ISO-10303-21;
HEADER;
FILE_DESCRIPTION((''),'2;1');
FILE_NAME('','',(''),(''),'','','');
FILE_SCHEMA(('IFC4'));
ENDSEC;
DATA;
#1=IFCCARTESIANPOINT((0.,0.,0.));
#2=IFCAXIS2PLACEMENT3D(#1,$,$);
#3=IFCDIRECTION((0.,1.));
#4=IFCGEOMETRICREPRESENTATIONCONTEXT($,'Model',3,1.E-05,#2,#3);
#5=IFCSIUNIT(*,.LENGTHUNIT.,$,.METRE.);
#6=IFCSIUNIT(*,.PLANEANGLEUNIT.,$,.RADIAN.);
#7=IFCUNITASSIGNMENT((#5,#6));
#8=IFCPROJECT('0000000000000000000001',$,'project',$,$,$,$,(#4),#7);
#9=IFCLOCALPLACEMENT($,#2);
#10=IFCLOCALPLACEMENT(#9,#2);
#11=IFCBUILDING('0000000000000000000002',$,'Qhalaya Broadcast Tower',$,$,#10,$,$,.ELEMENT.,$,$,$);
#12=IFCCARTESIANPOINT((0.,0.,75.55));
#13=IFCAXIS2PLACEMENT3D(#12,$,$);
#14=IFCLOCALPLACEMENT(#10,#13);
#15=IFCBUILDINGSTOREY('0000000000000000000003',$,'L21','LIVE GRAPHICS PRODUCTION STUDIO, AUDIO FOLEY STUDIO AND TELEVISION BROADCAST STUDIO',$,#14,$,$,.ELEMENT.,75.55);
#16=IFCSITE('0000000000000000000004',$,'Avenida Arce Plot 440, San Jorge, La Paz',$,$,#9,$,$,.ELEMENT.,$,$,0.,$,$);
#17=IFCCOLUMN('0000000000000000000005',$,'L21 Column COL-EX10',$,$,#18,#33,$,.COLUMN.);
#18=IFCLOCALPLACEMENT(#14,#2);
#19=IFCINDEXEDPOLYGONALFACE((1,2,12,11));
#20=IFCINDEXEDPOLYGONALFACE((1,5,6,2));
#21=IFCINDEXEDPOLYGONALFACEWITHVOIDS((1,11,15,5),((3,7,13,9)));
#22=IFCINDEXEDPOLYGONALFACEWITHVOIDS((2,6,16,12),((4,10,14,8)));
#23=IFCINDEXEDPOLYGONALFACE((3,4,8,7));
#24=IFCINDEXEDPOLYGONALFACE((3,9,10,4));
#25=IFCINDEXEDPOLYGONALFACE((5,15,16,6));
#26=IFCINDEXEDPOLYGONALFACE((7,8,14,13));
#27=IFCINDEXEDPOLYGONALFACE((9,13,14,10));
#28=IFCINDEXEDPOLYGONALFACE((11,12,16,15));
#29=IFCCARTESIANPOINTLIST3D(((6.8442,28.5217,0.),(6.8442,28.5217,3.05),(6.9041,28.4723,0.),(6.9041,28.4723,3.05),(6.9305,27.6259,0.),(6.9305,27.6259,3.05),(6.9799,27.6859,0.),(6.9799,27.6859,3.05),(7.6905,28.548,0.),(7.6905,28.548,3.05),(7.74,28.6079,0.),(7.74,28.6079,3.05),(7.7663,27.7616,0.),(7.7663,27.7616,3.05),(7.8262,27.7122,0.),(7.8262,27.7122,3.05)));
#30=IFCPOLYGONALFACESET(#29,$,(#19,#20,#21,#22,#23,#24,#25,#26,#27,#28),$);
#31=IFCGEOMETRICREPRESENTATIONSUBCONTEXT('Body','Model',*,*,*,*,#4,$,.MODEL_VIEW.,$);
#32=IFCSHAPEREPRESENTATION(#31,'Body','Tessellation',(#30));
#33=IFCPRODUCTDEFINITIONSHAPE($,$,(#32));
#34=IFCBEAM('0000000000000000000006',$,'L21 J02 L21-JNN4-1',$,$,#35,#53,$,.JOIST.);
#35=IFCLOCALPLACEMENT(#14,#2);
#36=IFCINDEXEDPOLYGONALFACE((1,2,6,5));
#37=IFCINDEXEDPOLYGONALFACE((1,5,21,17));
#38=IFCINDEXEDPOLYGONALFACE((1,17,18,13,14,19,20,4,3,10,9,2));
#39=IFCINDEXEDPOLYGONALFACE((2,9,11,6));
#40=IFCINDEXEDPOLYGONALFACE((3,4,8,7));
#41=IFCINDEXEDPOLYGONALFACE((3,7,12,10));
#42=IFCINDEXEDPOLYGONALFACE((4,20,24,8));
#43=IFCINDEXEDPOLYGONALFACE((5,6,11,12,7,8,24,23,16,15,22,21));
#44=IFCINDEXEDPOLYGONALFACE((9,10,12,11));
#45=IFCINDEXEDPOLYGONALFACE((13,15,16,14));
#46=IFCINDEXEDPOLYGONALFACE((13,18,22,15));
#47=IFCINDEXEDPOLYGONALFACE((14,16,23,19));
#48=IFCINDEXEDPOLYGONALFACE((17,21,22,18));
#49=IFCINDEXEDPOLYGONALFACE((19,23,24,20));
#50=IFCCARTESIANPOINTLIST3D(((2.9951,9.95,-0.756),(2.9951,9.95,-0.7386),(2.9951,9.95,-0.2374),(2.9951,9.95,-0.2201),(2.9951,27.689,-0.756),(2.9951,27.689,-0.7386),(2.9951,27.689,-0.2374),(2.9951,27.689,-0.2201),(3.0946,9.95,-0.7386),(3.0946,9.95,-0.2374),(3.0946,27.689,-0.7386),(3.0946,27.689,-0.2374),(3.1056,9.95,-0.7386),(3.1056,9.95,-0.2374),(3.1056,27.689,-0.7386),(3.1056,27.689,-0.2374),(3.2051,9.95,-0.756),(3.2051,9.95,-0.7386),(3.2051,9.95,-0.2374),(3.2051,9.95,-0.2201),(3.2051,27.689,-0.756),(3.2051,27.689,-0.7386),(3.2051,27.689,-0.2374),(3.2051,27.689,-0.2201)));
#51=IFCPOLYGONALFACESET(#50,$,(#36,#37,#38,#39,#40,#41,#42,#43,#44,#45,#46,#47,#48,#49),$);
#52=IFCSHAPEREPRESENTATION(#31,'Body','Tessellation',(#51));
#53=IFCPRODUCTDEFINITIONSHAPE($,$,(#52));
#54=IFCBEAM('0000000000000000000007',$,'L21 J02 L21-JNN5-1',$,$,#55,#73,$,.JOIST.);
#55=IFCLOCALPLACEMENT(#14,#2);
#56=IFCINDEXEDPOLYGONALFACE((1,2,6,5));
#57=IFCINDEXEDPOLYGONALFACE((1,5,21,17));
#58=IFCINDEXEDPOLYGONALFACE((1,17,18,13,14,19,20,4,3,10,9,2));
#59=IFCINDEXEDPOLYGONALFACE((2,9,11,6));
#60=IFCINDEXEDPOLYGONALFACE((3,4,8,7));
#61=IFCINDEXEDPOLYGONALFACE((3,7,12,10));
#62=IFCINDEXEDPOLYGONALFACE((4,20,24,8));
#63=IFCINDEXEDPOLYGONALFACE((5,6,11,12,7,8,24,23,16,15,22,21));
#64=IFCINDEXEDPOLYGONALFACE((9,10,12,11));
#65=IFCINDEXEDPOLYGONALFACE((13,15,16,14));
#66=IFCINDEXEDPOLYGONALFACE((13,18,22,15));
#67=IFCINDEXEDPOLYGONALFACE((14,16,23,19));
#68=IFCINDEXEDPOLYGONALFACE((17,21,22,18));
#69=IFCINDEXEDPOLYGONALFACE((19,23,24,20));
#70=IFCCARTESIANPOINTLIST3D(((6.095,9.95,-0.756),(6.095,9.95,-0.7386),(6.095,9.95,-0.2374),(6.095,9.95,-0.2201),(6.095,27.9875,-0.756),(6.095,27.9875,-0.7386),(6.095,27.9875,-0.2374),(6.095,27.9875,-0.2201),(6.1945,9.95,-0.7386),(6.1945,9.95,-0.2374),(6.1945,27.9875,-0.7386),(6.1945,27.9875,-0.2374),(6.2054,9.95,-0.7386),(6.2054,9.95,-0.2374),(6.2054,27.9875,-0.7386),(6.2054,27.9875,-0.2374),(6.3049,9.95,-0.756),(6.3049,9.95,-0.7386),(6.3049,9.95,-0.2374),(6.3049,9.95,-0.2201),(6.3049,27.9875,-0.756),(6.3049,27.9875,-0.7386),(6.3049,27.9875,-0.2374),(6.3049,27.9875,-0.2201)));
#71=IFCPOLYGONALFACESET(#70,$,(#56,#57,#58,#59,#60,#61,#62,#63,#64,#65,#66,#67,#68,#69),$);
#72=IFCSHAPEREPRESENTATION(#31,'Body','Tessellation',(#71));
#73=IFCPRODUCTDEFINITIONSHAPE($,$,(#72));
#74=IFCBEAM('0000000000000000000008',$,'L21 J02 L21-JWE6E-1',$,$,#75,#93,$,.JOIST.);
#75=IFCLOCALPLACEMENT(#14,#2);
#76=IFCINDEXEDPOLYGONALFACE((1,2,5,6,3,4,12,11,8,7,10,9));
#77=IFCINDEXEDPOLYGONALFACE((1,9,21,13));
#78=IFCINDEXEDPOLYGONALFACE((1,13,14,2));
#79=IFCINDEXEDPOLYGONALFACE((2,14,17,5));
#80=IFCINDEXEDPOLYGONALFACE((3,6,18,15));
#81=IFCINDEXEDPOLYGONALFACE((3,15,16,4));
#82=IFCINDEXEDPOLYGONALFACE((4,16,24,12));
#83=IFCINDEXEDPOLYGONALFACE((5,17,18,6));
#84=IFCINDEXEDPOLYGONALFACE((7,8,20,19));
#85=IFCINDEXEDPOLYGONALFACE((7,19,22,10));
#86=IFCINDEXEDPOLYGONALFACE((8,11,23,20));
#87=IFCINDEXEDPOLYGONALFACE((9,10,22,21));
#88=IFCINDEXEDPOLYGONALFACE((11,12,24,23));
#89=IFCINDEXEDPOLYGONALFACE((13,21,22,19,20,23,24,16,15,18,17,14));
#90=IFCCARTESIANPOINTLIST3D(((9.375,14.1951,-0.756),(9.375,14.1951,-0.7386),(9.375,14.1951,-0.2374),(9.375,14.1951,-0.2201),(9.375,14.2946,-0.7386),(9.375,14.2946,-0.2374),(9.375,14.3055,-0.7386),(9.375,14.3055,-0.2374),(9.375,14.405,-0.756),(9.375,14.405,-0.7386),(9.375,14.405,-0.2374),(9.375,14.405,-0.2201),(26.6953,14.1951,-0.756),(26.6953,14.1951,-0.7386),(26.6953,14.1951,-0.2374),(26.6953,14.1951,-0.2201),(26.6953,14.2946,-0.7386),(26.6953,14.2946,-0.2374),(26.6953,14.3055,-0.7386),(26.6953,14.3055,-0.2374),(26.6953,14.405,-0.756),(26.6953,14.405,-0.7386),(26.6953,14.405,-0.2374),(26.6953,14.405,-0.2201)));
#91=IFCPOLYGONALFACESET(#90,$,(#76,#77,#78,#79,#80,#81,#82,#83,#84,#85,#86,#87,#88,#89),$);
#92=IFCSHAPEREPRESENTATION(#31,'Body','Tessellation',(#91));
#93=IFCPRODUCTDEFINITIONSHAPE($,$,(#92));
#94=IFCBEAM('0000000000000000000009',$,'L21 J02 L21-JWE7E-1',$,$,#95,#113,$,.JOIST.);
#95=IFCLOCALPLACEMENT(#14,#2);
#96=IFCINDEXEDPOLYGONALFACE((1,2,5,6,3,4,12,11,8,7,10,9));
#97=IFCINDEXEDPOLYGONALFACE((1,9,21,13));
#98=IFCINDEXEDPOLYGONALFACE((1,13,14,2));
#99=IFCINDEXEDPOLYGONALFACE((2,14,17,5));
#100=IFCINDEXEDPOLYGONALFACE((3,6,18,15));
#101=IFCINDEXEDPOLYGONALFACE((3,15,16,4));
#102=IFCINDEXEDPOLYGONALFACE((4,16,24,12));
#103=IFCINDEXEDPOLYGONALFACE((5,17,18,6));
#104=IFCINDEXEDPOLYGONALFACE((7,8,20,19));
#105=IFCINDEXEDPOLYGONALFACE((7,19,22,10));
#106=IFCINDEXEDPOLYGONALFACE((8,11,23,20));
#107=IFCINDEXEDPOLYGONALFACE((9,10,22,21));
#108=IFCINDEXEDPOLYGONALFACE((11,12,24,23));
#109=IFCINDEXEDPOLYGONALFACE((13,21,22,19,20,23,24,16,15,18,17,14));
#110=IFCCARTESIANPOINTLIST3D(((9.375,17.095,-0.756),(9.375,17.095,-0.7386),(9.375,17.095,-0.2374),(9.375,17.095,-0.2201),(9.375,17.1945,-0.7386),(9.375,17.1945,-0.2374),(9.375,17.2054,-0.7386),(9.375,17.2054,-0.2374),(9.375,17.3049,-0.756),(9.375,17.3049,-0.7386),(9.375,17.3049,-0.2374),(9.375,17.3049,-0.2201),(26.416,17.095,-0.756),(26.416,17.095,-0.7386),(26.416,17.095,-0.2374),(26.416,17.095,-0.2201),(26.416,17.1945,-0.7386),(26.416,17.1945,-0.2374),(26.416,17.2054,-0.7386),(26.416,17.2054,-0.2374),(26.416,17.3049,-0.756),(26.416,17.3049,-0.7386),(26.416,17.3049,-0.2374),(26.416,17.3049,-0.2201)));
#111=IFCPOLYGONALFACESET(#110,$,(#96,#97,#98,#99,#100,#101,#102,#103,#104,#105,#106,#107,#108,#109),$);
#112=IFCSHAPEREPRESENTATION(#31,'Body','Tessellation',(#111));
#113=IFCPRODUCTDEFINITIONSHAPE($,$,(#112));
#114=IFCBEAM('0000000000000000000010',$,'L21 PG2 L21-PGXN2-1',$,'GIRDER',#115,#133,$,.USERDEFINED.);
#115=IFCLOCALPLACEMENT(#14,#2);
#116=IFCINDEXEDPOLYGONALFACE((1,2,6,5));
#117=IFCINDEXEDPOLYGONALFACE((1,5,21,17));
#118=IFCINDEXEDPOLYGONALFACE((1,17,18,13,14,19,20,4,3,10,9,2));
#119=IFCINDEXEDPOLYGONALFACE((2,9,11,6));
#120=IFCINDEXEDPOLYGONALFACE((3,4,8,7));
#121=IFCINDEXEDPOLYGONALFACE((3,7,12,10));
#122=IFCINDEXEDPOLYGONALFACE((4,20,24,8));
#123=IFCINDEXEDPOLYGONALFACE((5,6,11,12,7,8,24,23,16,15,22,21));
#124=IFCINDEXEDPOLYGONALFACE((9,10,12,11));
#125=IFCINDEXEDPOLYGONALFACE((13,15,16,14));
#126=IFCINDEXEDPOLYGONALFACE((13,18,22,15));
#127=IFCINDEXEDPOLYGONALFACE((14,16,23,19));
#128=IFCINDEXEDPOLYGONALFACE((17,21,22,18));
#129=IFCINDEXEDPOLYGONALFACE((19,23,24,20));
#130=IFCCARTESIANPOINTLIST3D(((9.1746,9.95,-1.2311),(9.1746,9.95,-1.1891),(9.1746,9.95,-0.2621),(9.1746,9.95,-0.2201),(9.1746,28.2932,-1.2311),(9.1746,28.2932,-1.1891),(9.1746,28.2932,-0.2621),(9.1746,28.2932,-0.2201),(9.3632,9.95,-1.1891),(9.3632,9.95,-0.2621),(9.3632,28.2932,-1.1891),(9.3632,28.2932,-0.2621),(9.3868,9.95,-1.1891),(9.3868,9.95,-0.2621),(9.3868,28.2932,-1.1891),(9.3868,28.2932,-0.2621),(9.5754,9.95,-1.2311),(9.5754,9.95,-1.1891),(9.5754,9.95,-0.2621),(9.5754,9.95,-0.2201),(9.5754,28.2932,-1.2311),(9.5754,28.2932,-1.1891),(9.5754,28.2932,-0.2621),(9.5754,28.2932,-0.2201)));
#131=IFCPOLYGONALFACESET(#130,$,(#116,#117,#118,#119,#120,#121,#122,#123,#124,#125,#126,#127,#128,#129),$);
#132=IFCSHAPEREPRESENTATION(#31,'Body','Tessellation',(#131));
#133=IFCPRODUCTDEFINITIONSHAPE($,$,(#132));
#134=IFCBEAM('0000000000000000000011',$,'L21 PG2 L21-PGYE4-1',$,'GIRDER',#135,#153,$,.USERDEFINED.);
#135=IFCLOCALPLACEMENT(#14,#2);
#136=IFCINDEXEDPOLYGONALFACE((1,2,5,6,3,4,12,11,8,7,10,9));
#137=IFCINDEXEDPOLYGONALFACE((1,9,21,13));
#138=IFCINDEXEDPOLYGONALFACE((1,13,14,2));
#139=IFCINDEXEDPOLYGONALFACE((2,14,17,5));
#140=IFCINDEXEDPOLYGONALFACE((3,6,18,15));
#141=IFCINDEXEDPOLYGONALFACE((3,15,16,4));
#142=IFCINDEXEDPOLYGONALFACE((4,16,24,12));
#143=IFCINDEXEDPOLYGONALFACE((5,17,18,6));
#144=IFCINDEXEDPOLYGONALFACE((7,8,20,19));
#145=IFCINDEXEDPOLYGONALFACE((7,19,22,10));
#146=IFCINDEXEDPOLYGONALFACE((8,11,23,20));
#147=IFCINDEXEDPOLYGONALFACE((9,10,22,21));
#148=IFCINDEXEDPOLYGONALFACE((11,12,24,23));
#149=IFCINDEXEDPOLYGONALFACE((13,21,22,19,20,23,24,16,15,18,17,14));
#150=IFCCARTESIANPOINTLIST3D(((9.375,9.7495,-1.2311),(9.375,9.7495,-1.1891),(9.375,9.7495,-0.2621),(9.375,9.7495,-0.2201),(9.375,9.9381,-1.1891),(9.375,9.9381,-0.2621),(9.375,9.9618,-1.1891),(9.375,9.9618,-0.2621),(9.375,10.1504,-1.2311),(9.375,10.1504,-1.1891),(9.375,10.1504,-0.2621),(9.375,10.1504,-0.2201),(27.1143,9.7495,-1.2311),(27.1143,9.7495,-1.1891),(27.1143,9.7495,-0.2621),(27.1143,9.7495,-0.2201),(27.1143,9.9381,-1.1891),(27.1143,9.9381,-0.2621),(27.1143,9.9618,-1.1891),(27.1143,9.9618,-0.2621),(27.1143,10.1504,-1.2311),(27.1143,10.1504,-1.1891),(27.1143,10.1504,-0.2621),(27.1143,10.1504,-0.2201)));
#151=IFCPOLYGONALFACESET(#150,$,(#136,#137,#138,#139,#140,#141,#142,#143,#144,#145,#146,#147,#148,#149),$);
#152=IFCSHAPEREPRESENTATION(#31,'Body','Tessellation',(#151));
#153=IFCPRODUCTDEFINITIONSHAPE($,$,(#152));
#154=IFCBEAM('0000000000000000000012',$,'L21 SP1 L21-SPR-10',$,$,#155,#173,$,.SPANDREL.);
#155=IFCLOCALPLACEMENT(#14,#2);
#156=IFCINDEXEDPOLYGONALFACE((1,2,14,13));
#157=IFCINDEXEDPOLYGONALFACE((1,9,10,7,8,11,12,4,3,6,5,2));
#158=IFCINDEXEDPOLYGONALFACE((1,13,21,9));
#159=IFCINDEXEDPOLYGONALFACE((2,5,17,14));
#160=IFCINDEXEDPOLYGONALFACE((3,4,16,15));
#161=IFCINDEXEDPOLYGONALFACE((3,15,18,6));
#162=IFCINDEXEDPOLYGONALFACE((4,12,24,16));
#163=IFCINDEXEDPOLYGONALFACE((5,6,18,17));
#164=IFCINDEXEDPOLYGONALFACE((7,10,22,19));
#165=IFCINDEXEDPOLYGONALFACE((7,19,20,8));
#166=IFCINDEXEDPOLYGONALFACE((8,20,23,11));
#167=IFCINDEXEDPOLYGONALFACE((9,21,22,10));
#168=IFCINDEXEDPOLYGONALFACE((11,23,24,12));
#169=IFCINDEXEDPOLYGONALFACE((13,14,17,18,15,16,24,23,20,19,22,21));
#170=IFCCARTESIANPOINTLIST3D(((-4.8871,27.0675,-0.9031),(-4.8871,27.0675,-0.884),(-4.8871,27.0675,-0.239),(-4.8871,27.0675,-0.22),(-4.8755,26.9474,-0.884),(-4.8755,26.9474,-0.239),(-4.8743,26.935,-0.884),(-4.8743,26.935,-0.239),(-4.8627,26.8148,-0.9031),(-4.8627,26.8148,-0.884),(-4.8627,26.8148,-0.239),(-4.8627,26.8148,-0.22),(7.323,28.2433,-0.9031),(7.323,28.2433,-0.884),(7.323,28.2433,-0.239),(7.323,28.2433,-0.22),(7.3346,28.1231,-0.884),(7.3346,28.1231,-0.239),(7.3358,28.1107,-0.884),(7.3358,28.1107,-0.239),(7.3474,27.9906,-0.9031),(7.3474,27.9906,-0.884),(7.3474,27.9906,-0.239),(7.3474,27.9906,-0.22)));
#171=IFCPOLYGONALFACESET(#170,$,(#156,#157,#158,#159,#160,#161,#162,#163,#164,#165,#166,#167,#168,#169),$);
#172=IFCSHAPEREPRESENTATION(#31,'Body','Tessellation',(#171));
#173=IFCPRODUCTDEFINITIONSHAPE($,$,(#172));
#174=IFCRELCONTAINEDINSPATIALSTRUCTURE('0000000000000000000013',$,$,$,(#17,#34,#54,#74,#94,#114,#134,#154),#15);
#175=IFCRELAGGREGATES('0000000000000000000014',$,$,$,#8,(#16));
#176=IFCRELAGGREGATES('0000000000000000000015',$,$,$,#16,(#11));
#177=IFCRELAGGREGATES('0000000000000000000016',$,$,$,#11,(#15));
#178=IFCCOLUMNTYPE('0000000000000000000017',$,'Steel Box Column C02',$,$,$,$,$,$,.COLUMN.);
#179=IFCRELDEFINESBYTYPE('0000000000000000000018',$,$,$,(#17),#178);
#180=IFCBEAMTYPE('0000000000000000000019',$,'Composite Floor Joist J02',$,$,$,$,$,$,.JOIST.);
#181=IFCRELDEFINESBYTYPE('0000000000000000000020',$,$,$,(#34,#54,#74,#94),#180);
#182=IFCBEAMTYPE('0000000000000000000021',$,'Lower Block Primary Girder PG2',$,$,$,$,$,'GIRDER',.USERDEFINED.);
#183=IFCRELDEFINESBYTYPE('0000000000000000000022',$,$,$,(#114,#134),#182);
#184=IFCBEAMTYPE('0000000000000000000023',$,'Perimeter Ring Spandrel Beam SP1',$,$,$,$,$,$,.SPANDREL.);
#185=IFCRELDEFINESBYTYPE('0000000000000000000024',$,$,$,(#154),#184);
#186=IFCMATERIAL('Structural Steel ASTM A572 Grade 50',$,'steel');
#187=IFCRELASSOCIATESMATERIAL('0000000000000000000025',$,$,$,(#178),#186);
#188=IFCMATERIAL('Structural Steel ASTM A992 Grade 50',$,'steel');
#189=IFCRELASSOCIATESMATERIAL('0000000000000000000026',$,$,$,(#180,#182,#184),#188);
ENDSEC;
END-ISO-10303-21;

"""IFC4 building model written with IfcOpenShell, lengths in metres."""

from ifc_helpers import new_model, si_unit, direction, frame, origin, origin_2d, place, context, subcontext, project, spatial, hollow_rectangle, i_section, extrude, material, material_profile, profile_set, type_object, element, save


model = new_model("IFC4")

# Units and contexts
model_context = context("Model", 3, precision=1e-05, world=origin(), true_north=direction((0.0, 1.0)))
body_context = subcontext(model_context, "Body", "Model", "MODEL_VIEW")
ifc_project = project(units=[si_unit("LENGTHUNIT", "METRE"), si_unit("PLANEANGLEUNIT", "RADIAN")], contexts=[model_context])

# Site, building, storey
site_placement = place(None, origin())
site = spatial("IfcSite", under=ifc_project, at=site_placement, Name="Avenida Arce Plot 440, San Jorge, La Paz", CompositionType="ELEMENT", RefElevation=0.0)
building_placement = place(site_placement, origin())
building = spatial("IfcBuilding", under=site, at=building_placement, Name="Qhalaya Broadcast Tower", CompositionType="ELEMENT")
storey_placement = place(building_placement, frame((0.0, 0.0, 75.55)))
storey = spatial("IfcBuildingStorey", under=building, at=storey_placement, Name="L21", Description="LIVE GRAPHICS PRODUCTION STUDIO, AUDIO FOLEY STUDIO AND TELEVISION BROADCAST STUDIO", CompositionType="ELEMENT", Elevation=75.55)

# Column
ifc_material_1 = material(Name="Structural Steel ASTM A572 Grade 50", Category="steel")
ifc_material_profile_1 = material_profile(ifc_material_1, hollow_rectangle(XDim=0.8999, YDim=0.8999, WallThickness=0.0549, at=origin_2d()), Name="BOX 900x900x55")
ifc_profile_set_1 = profile_set([ifc_material_profile_1], Name="Structural Steel ASTM A572 Grade 50")
column_type = type_object("IfcColumnType", Name="Steel Box Column C02", PredefinedType="COLUMN", material=ifc_profile_set_1)
column_placement = place(storey_placement, frame((7.3352, 28.1169, 0.0), z_axis=(0.0, 0.0, 1.0), x_axis=(0.995396, 0.095846, 0.0)))
element("IfcColumn", 1, at=column_placement, inside=storey, type_object=column_type, Name="L21 Column COL-EX10", PredefinedType="COLUMN", context=body_context, shape_type="SweptSolid", body=[
    extrude(hollow_rectangle(XDim=0.8999, YDim=0.8999, WallThickness=0.0549, at=origin_2d()), origin(), (0.0, 0.0, 1.0), 3.05),
])

# Beams
ifc_material_2 = material(Name="Structural Steel ASTM A992 Grade 50", Category="steel")
ifc_material_profile_2 = material_profile(ifc_material_2, i_section(OverallWidth=0.21, OverallDepth=0.5359, WebThickness=0.011, FlangeThickness=0.0173, at=origin_2d()), Name="W21X68")
ifc_profile_set_2 = profile_set([ifc_material_profile_2], Name="Structural Steel ASTM A992 Grade 50")
beam_type_1 = type_object("IfcBeamType", Name="Composite Floor Joist J02", PredefinedType="JOIST", material=ifc_profile_set_2)
beam_1_placement = place(storey_placement, frame((3.1001, 9.95, -0.488), z_axis=(0.0, 1.0, 0.0), x_axis=(-1.0, 0.0, 0.0)))
element("IfcBeam", 2, at=beam_1_placement, inside=storey, type_object=beam_type_1, Name="L21 J02 L21-JNN4-1", PredefinedType="JOIST", context=body_context, shape_type="SweptSolid", body=[
    extrude(i_section(OverallWidth=0.21, OverallDepth=0.5359, WebThickness=0.011, FlangeThickness=0.0173, at=origin_2d()), origin(), (0.0, 0.0, 1.0), 17.739),
])
beam_2_placement = place(storey_placement, frame((6.2, 9.95, -0.488), z_axis=(0.0, 1.0, 0.0), x_axis=(-1.0, 0.0, 0.0)))
element("IfcBeam", 3, at=beam_2_placement, inside=storey, type_object=beam_type_1, Name="L21 J02 L21-JNN5-1", PredefinedType="JOIST", context=body_context, shape_type="SweptSolid", body=[
    extrude(i_section(OverallWidth=0.21, OverallDepth=0.5359, WebThickness=0.011, FlangeThickness=0.0173, at=origin_2d()), origin(), (0.0, 0.0, 1.0), 18.0376),
])
beam_3_placement = place(storey_placement, frame((9.375, 14.3, -0.488), z_axis=(1.0, 0.0, 0.0), x_axis=(0.0, 1.0, 0.0)))
element("IfcBeam", 4, at=beam_3_placement, inside=storey, type_object=beam_type_1, Name="L21 J02 L21-JWE6E-1", PredefinedType="JOIST", context=body_context, shape_type="SweptSolid", body=[
    extrude(i_section(OverallWidth=0.21, OverallDepth=0.5359, WebThickness=0.011, FlangeThickness=0.0173, at=origin_2d()), origin(), (0.0, 0.0, 1.0), 17.3203),
])
beam_4_placement = place(storey_placement, frame((9.375, 17.2, -0.488), z_axis=(1.0, 0.0, 0.0), x_axis=(0.0, 1.0, 0.0)))
element("IfcBeam", 5, at=beam_4_placement, inside=storey, type_object=beam_type_1, Name="L21 J02 L21-JWE7E-1", PredefinedType="JOIST", context=body_context, shape_type="SweptSolid", body=[
    extrude(i_section(OverallWidth=0.21, OverallDepth=0.5359, WebThickness=0.011, FlangeThickness=0.0173, at=origin_2d()), origin(), (0.0, 0.0, 1.0), 17.041),
])
ifc_material_profile_3 = material_profile(ifc_material_2, i_section(OverallWidth=0.4009, OverallDepth=1.011, WebThickness=0.0237, FlangeThickness=0.042, at=origin_2d()), Name="W40X297")
ifc_profile_set_3 = profile_set([ifc_material_profile_3], Name="Structural Steel ASTM A992 Grade 50")
beam_type_2 = type_object("IfcBeamType", Name="Lower Block Primary Girder PG2", ElementType="GIRDER", PredefinedType="USERDEFINED", material=ifc_profile_set_3)
beam_5_placement = place(storey_placement, frame((9.375, 9.95, -0.7256), z_axis=(0.0, 1.0, 0.0), x_axis=(-1.0, 0.0, 0.0)))
element("IfcBeam", 6, at=beam_5_placement, inside=storey, type_object=beam_type_2, Name="L21 PG2 L21-PGXN2-1", ObjectType="GIRDER", PredefinedType="USERDEFINED", context=body_context, shape_type="SweptSolid", body=[
    extrude(i_section(OverallWidth=0.4009, OverallDepth=1.011, WebThickness=0.0237, FlangeThickness=0.042, at=origin_2d()), origin(), (0.0, 0.0, 1.0), 18.3433),
])
beam_6_placement = place(storey_placement, frame((9.375, 9.95, -0.7256), z_axis=(1.0, 0.0, 0.0), x_axis=(0.0, 1.0, 0.0)))
element("IfcBeam", 7, at=beam_6_placement, inside=storey, type_object=beam_type_2, Name="L21 PG2 L21-PGYE4-1", ObjectType="GIRDER", PredefinedType="USERDEFINED", context=body_context, shape_type="SweptSolid", body=[
    extrude(i_section(OverallWidth=0.4009, OverallDepth=1.011, WebThickness=0.0237, FlangeThickness=0.042, at=origin_2d()), origin(), (0.0, 0.0, 1.0), 17.7393),
])
ifc_material_profile_4 = material_profile(ifc_material_2, i_section(OverallWidth=0.2539, OverallDepth=0.6831, WebThickness=0.0125, FlangeThickness=0.019, at=origin_2d()), Name="W27X94")
ifc_profile_set_4 = profile_set([ifc_material_profile_4], Name="Structural Steel ASTM A992 Grade 50")
beam_type_3 = type_object("IfcBeamType", Name="Perimeter Ring Spandrel Beam SP1", PredefinedType="SPANDREL", material=ifc_profile_set_4)
beam_7_placement = place(storey_placement, frame((7.3352, 28.1169, -0.5615), z_axis=(-0.995396, -0.095852, 0.0), x_axis=(0.095852, -0.995396, 0.0)))
element("IfcBeam", 8, at=beam_7_placement, inside=storey, type_object=beam_type_3, Name="L21 SP1 L21-SPR-10", PredefinedType="SPANDREL", context=body_context, shape_type="SweptSolid", body=[
    extrude(i_section(OverallWidth=0.2539, OverallDepth=0.6831, WebThickness=0.0125, FlangeThickness=0.019, at=origin_2d()), origin(), (0.0, 0.0, 1.0), 12.2666),
])

save(model, "model.ifc")
